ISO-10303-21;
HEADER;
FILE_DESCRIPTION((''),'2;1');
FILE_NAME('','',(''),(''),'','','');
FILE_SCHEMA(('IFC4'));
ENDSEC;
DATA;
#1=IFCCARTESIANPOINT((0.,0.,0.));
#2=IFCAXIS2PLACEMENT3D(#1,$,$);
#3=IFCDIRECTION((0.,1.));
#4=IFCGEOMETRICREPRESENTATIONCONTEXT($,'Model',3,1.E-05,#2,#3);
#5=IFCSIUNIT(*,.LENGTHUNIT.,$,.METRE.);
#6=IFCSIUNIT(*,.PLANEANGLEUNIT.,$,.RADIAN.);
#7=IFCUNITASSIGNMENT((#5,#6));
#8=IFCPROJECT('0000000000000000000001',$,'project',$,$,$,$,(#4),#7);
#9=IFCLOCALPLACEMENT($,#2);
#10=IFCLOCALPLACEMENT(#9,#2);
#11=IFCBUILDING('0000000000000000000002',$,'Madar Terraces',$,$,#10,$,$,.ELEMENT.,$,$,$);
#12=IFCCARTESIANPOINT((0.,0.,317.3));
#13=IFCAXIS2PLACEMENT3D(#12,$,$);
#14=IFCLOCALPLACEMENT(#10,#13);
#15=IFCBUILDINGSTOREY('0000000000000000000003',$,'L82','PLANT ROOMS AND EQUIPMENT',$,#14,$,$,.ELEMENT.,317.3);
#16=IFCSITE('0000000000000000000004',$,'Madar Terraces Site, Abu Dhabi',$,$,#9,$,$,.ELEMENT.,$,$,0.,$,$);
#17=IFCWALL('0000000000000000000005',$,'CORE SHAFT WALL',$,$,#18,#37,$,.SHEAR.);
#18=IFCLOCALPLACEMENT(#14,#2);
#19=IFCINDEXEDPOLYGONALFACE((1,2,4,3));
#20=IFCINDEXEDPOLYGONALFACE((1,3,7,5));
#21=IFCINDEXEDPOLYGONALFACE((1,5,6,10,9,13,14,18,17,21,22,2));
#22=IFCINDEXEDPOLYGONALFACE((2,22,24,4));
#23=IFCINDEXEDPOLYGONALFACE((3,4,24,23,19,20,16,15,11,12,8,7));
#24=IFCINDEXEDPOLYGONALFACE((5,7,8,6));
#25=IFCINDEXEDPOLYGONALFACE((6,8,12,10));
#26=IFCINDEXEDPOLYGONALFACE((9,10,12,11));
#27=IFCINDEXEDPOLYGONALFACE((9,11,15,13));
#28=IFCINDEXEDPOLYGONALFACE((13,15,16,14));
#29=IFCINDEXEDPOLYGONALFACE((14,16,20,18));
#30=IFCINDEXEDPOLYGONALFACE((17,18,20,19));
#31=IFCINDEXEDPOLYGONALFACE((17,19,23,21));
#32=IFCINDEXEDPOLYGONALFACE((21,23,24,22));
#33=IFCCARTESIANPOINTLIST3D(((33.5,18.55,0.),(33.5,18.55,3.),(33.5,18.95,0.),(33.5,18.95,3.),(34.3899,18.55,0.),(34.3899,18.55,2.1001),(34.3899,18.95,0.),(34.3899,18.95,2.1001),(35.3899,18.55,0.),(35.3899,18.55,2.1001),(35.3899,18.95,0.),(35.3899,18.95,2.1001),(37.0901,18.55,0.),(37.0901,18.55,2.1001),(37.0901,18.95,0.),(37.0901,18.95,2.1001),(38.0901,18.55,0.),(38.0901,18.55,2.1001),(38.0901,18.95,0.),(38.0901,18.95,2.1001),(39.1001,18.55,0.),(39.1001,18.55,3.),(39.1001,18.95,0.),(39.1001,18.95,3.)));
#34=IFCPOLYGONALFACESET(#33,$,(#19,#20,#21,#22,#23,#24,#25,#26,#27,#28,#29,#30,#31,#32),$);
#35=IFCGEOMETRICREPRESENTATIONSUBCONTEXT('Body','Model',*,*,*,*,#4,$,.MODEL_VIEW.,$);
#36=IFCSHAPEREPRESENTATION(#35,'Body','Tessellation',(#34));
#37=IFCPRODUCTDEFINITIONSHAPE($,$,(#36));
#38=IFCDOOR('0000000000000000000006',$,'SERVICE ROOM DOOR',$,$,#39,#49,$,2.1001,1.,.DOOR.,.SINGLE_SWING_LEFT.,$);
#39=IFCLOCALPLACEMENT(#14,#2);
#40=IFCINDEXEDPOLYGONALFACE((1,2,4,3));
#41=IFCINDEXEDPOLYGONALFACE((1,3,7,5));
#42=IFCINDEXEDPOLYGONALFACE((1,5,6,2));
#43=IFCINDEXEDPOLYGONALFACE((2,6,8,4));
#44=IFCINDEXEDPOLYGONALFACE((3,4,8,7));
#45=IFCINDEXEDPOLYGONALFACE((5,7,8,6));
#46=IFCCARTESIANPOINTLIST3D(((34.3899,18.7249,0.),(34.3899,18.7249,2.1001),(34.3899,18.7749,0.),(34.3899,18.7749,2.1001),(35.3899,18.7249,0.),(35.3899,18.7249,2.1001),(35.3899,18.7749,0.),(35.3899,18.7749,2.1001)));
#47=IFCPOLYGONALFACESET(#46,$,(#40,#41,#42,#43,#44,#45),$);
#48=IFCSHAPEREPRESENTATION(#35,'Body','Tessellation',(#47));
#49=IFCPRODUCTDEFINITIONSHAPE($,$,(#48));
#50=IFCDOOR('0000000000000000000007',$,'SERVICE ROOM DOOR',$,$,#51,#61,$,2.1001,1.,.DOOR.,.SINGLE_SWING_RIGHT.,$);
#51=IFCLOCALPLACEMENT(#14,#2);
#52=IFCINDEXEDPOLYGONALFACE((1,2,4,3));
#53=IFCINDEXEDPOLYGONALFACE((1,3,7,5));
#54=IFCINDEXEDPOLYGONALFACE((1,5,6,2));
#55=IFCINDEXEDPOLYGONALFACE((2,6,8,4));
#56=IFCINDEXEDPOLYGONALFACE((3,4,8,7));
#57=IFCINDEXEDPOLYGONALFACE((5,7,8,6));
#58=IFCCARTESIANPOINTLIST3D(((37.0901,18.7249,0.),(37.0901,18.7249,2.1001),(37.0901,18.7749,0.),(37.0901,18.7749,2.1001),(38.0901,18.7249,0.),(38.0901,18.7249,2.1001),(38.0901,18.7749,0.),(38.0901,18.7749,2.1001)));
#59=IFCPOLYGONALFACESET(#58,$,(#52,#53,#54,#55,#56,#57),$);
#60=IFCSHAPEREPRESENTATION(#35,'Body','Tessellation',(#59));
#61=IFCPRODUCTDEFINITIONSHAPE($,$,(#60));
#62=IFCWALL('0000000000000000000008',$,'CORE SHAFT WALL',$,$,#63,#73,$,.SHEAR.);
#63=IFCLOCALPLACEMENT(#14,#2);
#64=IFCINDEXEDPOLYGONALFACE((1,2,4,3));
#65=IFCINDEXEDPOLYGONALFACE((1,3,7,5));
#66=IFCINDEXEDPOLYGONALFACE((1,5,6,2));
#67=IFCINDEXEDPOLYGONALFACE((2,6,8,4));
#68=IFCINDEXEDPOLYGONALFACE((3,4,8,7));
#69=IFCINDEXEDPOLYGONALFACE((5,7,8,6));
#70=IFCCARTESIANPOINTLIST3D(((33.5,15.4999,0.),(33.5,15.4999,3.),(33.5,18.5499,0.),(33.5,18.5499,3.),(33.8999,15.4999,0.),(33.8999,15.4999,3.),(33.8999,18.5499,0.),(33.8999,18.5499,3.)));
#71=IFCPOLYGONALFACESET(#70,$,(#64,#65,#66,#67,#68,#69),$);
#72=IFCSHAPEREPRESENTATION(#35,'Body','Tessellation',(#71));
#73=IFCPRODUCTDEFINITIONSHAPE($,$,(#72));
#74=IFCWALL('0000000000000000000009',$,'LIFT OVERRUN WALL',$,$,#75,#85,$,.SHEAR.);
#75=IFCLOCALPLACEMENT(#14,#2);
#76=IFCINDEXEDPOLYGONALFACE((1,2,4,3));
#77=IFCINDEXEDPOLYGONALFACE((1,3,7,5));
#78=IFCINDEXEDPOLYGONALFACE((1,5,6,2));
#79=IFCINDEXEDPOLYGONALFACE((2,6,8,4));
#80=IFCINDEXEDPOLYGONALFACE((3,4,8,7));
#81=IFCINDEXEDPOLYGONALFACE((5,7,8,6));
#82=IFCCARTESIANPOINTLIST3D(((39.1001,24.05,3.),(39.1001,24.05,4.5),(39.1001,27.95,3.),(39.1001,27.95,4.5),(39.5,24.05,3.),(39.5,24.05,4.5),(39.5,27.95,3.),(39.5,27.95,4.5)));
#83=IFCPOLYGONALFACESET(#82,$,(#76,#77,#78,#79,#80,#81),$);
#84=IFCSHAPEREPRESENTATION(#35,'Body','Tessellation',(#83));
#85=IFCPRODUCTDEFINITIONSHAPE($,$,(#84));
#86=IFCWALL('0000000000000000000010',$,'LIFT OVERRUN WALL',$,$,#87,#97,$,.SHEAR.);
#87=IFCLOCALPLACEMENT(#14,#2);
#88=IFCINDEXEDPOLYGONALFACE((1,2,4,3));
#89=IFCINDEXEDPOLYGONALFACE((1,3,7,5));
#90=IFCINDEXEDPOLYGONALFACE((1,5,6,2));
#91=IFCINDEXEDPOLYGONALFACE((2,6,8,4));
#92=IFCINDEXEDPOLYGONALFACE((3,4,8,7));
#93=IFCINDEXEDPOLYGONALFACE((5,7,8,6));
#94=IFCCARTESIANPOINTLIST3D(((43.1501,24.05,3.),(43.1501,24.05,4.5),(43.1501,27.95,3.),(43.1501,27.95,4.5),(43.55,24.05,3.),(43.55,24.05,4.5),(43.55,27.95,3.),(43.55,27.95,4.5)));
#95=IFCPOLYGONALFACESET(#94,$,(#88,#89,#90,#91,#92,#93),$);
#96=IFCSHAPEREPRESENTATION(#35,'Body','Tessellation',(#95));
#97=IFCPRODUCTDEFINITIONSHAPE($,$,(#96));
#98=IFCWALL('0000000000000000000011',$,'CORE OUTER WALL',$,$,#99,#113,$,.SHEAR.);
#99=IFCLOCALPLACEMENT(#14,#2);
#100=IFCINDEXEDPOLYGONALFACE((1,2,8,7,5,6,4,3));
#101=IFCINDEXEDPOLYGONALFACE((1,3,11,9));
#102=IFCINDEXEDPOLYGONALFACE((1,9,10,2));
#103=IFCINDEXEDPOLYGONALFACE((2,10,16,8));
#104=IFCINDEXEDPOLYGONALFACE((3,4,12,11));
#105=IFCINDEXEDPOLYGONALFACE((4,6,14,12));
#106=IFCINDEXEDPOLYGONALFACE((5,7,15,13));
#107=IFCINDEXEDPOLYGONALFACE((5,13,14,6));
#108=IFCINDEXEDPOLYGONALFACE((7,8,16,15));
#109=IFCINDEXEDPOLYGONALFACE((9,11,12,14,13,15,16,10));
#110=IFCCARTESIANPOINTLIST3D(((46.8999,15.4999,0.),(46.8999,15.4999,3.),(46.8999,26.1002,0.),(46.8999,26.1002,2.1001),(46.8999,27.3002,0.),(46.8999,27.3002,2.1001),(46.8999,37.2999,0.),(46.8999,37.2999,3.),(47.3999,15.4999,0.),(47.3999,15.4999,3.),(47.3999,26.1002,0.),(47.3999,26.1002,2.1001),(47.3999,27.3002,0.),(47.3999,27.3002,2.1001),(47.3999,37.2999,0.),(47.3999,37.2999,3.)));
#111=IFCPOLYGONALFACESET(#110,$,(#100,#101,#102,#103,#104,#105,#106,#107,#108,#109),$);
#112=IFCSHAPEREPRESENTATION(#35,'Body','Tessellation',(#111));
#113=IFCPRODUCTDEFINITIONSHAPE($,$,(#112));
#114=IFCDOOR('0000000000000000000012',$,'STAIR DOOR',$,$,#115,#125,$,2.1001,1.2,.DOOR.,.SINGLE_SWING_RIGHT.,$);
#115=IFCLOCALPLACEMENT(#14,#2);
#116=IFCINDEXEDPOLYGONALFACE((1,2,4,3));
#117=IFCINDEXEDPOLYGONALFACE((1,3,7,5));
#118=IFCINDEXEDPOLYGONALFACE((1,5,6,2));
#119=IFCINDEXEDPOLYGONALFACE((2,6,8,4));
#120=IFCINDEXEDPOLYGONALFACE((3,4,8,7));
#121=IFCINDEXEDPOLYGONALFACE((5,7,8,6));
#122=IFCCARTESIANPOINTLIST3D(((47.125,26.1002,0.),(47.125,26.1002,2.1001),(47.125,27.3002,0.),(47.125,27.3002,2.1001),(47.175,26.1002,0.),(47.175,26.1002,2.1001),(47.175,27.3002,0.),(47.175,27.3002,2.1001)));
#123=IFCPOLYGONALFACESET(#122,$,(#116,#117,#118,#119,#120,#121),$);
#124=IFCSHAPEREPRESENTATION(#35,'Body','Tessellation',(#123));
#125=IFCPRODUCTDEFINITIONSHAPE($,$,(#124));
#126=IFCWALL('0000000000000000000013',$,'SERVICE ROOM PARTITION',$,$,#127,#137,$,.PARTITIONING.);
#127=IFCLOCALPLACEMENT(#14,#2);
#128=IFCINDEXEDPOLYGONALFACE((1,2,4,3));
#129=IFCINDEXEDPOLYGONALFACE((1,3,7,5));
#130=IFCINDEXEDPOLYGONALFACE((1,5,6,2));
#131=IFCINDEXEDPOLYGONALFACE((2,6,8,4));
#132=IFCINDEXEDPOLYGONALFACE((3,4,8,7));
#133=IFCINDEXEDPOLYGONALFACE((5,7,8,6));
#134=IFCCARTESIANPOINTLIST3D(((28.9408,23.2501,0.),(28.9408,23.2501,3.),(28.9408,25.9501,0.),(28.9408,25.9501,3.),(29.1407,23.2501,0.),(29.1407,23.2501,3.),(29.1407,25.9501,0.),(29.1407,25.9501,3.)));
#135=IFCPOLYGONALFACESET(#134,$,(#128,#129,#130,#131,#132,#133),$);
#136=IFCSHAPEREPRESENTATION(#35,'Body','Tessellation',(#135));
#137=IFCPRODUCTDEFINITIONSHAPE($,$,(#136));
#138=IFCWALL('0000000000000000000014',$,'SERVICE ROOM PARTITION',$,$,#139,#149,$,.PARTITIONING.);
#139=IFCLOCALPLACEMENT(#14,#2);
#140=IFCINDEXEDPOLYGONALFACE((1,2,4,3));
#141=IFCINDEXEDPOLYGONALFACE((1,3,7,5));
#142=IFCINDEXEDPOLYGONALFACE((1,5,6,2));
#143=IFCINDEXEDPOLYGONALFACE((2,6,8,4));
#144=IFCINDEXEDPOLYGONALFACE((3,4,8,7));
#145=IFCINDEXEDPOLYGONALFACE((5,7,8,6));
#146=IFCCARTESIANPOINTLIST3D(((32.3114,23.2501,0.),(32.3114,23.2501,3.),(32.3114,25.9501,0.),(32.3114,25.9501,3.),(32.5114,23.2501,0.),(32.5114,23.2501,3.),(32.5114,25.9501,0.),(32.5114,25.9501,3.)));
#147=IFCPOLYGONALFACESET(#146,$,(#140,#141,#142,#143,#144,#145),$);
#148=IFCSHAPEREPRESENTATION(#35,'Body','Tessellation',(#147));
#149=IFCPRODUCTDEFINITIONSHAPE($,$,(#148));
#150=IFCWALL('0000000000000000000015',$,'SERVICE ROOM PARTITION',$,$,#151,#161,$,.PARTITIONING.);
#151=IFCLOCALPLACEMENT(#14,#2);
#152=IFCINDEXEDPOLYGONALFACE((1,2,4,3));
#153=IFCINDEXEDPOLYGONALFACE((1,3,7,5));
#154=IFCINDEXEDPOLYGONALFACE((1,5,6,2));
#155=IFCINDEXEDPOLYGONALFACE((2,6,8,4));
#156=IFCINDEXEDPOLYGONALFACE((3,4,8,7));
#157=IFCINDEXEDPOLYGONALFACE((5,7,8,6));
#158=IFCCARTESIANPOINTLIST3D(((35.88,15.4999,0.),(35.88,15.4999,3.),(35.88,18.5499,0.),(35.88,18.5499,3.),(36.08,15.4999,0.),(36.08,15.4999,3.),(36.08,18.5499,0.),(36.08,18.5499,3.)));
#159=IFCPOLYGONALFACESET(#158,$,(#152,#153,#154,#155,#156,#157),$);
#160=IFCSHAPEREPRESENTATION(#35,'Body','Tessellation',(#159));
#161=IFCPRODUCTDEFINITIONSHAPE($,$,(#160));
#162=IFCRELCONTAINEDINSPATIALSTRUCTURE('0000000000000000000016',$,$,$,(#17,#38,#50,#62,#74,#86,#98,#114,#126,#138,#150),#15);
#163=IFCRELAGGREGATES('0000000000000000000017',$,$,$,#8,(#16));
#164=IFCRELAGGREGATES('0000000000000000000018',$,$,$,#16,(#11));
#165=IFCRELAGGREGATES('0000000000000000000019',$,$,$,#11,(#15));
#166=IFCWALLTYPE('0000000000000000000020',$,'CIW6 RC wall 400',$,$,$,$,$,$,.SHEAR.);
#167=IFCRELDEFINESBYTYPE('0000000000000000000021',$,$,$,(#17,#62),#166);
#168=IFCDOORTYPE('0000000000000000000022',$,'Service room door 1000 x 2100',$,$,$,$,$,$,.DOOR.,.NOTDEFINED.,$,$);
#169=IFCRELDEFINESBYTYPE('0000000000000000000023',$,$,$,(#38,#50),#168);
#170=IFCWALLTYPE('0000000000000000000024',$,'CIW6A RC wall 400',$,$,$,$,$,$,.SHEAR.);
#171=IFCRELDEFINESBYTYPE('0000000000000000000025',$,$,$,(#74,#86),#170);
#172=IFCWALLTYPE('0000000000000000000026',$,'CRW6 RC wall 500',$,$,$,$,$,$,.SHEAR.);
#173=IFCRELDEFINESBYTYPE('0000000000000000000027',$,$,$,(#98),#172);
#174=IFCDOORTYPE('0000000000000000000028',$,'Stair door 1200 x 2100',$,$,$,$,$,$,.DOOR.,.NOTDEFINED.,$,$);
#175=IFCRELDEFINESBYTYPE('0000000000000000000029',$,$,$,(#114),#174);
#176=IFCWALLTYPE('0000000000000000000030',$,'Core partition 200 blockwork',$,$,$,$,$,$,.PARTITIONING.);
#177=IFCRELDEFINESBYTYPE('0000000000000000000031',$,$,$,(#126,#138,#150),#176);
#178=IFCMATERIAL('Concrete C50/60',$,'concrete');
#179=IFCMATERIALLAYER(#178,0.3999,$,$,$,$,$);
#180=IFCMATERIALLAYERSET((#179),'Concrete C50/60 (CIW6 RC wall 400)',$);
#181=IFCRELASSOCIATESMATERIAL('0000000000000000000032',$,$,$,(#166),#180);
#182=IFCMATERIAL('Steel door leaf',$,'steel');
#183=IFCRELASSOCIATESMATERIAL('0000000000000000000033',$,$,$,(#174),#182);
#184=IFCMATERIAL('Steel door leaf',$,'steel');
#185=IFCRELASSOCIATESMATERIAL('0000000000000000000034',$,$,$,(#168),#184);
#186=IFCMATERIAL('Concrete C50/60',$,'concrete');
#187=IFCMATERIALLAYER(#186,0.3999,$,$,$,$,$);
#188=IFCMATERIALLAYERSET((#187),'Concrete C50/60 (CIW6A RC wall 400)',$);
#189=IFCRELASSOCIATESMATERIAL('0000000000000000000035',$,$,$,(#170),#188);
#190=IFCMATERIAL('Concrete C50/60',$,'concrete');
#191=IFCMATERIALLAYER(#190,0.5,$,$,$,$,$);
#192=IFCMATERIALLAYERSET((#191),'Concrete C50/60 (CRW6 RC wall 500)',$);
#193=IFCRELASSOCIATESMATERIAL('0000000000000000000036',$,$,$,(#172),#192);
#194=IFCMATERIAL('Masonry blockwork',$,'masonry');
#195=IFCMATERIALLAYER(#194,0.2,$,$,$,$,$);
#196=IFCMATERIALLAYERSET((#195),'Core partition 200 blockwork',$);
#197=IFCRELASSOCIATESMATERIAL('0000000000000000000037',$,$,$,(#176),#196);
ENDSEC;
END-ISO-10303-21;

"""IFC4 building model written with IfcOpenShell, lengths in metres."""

from ifc_helpers import new_model, si_unit, direction, frame, frame_2d, origin, place, context, subcontext, project, spatial, rectangle, extrude, material, layer, layer_set, type_object, element, fill, save


model = new_model("IFC4")

# Units and contexts
model_context = context("Model", 3, precision=1e-05, world=origin(), true_north=direction((0.0, 1.0)))
body_context = subcontext(model_context, "Body", "Model", "MODEL_VIEW")
ifc_project = project(units=[si_unit("LENGTHUNIT", "METRE"), si_unit("PLANEANGLEUNIT", "RADIAN")], contexts=[model_context])

# Site, building, storey
site_placement = place(None, origin())
site = spatial("IfcSite", under=ifc_project, at=site_placement, Name="Madar Terraces Site, Abu Dhabi", CompositionType="ELEMENT", RefElevation=0.0)
building_placement = place(site_placement, origin())
building = spatial("IfcBuilding", under=site, at=building_placement, Name="Madar Terraces", CompositionType="ELEMENT")
storey_placement = place(building_placement, frame((0.0, 0.0, 317.3)))
storey = spatial("IfcBuildingStorey", under=building, at=storey_placement, Name="L82", Description="PLANT ROOMS AND EQUIPMENT", CompositionType="ELEMENT", Elevation=317.3)

# Shared definitions
ifc_material_1 = material(Name="Concrete C50/60", Category="concrete")
ifc_layer_1 = layer(ifc_material_1, 0.3999)
ifc_layer_set_1 = layer_set([ifc_layer_1], Name="Concrete C50/60 (CIW6 RC wall 400)")
wall_type_1 = type_object("IfcWallType", Name="CIW6 RC wall 400", PredefinedType="SHEAR", material=ifc_layer_set_1)

# Shared definitions
ifc_material_2 = material(Name="Steel door leaf", Category="steel")
door_type_1 = type_object("IfcDoorType", Name="Stair door 1200 x 2100", OperationType="NOTDEFINED", PredefinedType="DOOR", material=ifc_material_2)

# Wall, openings, doors
wall_1_placement = place(storey_placement, frame((33.5, 18.75, 0.0), z_axis=(0.0, 0.0, 1.0), x_axis=(1.0, 0.0, 0.0)))
wall_1 = element("IfcWall", 1, at=wall_1_placement, inside=storey, type_object=wall_type_1, Name="CORE SHAFT WALL", PredefinedType="SHEAR", context=body_context, shape_type="SweptSolid", body=[
    extrude(rectangle(XDim=5.6001, YDim=0.3999, at=frame_2d((2.8, 0.0))), origin(), (0.0, 0.0, 1.0), 3.0),
])
opening_1_placement = place(wall_1_placement, frame((0.8899, 0.0, 0.0)))
opening_1 = element("IfcOpeningElement", 2, at=opening_1_placement, cuts=wall_1, PredefinedType="OPENING", context=body_context, shape_type="SweptSolid", body=[
    extrude(rectangle(XDim=1.0, YDim=2.1001, at=frame_2d((0.5, 1.05))), frame((0.0, 0.21, 0.0), z_axis=(0.0, -1.0, 0.0), x_axis=(1.0, 0.0, 0.0)), (0.0, 0.0, 1.0), 0.4199),
])
opening_2_placement = place(wall_1_placement, frame((3.5901, 0.0, 0.0)))
opening_2 = element("IfcOpeningElement", 3, at=opening_2_placement, cuts=wall_1, PredefinedType="OPENING", context=body_context, shape_type="SweptSolid", body=[
    extrude(rectangle(XDim=1.0, YDim=2.1001, at=frame_2d((0.5, 1.05))), frame((0.0, 0.21, 0.0), z_axis=(0.0, -1.0, 0.0), x_axis=(1.0, 0.0, 0.0)), (0.0, 0.0, 1.0), 0.4199),
])
ifc_material_3 = material(Name="Steel door leaf", Category="steel")
door_type_2 = type_object("IfcDoorType", Name="Service room door 1000 x 2100", OperationType="NOTDEFINED", PredefinedType="DOOR", material=ifc_material_3)
door_1_placement = place(opening_1_placement, origin())
door_1 = element("IfcDoor", 4, at=door_1_placement, inside=storey, type_object=door_type_2, Name="SERVICE ROOM DOOR", OperationType="SINGLE_SWING_LEFT", OverallHeight=2.1001, OverallWidth=1.0, PredefinedType="DOOR", context=body_context, shape_type="SweptSolid", body=[
    extrude(rectangle(XDim=1.0, YDim=2.1001, at=frame_2d((0.5, 1.05))), frame((0.0, 0.0249, 0.0), z_axis=(0.0, -1.0, 0.0), x_axis=(1.0, 0.0, 0.0)), (0.0, 0.0, 1.0), 0.05),
])
fill(opening_1, door_1)
door_2_placement = place(opening_2_placement, origin())
door_2 = element("IfcDoor", 5, at=door_2_placement, inside=storey, type_object=door_type_2, Name="SERVICE ROOM DOOR", OperationType="SINGLE_SWING_RIGHT", OverallHeight=2.1001, OverallWidth=1.0, PredefinedType="DOOR", context=body_context, shape_type="SweptSolid", body=[
    extrude(rectangle(XDim=1.0, YDim=2.1001, at=frame_2d((0.5, 1.05))), frame((0.0, 0.0249, 0.0), z_axis=(0.0, -1.0, 0.0), x_axis=(1.0, 0.0, 0.0)), (0.0, 0.0, 1.0), 0.05),
])
fill(opening_2, door_2)

# Walls
wall_2_placement = place(storey_placement, frame((33.7, 15.5, 0.0), z_axis=(0.0, 0.0, 1.0), x_axis=(0.0, 1.0, 0.0)))
element("IfcWall", 6, at=wall_2_placement, inside=storey, type_object=wall_type_1, Name="CORE SHAFT WALL", PredefinedType="SHEAR", context=body_context, shape_type="SweptSolid", body=[
    extrude(rectangle(XDim=3.05, YDim=0.3999, at=frame_2d((1.5249, 0.0))), origin(), (0.0, 0.0, 1.0), 3.0),
])
ifc_material_4 = material(Name="Concrete C50/60", Category="concrete")
ifc_layer_2 = layer(ifc_material_4, 0.3999)
ifc_layer_set_2 = layer_set([ifc_layer_2], Name="Concrete C50/60 (CIW6A RC wall 400)")
wall_type_2 = type_object("IfcWallType", Name="CIW6A RC wall 400", PredefinedType="SHEAR", material=ifc_layer_set_2)
for number, where, z_axis, x_axis, name in (
    (7, (39.3, 24.05, 3.0), (0.0, 0.0, 1.0), (0.0, 1.0, 0.0), "LIFT OVERRUN WALL"),
    (8, (43.3501, 24.05, 3.0), (0.0, 0.0, 1.0), (0.0, 1.0, 0.0), "LIFT OVERRUN WALL"),
):
    element("IfcWall", number, at=place(storey_placement, frame(where, z_axis=z_axis, x_axis=x_axis)), inside=storey, type_object=wall_type_2, Name=name, PredefinedType="SHEAR", context=body_context, shape_type="SweptSolid", body=[
        extrude(rectangle(XDim=3.8999, YDim=0.3999, at=frame_2d((1.95, 0.0))), origin(), (0.0, 0.0, 1.0), 1.5),
    ])

# Wall, opening, door
ifc_material_5 = material(Name="Concrete C50/60", Category="concrete")
ifc_layer_3 = layer(ifc_material_5, 0.5)
ifc_layer_set_3 = layer_set([ifc_layer_3], Name="Concrete C50/60 (CRW6 RC wall 500)")
wall_type_3 = type_object("IfcWallType", Name="CRW6 RC wall 500", PredefinedType="SHEAR", material=ifc_layer_set_3)
wall_3_placement = place(storey_placement, frame((47.1499, 15.5, 0.0), z_axis=(0.0, 0.0, 1.0), x_axis=(0.0, 1.0, 0.0)))
wall_3 = element("IfcWall", 9, at=wall_3_placement, inside=storey, type_object=wall_type_3, Name="CORE OUTER WALL", PredefinedType="SHEAR", context=body_context, shape_type="SweptSolid", body=[
    extrude(rectangle(XDim=21.8, YDim=0.5, at=frame_2d((10.8999, 0.0))), origin(), (0.0, 0.0, 1.0), 3.0),
])
opening_3_placement = place(wall_3_placement, frame((10.6001, 0.0, 0.0)))
opening_3 = element("IfcOpeningElement", 10, at=opening_3_placement, cuts=wall_3, PredefinedType="OPENING", context=body_context, shape_type="SweptSolid", body=[
    extrude(rectangle(XDim=1.2, YDim=2.1001, at=frame_2d((0.6001, 1.05))), frame((0.0, 0.26, 0.0), z_axis=(0.0, -1.0, 0.0), x_axis=(1.0, 0.0, 0.0)), (0.0, 0.0, 1.0), 0.52),
])
door_3_placement = place(opening_3_placement, origin())
door_3 = element("IfcDoor", 11, at=door_3_placement, inside=storey, type_object=door_type_1, Name="STAIR DOOR", OperationType="SINGLE_SWING_RIGHT", OverallHeight=2.1001, OverallWidth=1.2, PredefinedType="DOOR", context=body_context, shape_type="SweptSolid", body=[
    extrude(rectangle(XDim=1.2, YDim=2.1001, at=frame_2d((0.6001, 1.05))), frame((0.0, 0.0249, 0.0), z_axis=(0.0, -1.0, 0.0), x_axis=(1.0, 0.0, 0.0)), (0.0, 0.0, 1.0), 0.05),
])
fill(opening_3, door_3)

# Walls
ifc_material_6 = material(Name="Masonry blockwork", Category="masonry")
ifc_layer_4 = layer(ifc_material_6, 0.2)
ifc_layer_set_4 = layer_set([ifc_layer_4], Name="Core partition 200 blockwork")
wall_type_4 = type_object("IfcWallType", Name="Core partition 200 blockwork", PredefinedType="PARTITIONING", material=ifc_layer_set_4)
for number, where, z_axis, x_axis, name in (
    (12, (29.0408, 23.25, 0.0), (0.0, 0.0, 1.0), (0.0, 1.0, 0.0), "SERVICE ROOM PARTITION"),
    (13, (32.4114, 23.25, 0.0), (0.0, 0.0, 1.0), (0.0, 1.0, 0.0), "SERVICE ROOM PARTITION"),
):
    element("IfcWall", number, at=place(storey_placement, frame(where, z_axis=z_axis, x_axis=x_axis)), inside=storey, type_object=wall_type_4, Name=name, PredefinedType="PARTITIONING", context=body_context, shape_type="SweptSolid", body=[
        extrude(rectangle(XDim=2.7, YDim=0.2, at=frame_2d((1.3501, 0.0))), origin(), (0.0, 0.0, 1.0), 3.0),
    ])
wall_4_placement = place(storey_placement, frame((35.98, 15.5, 0.0), z_axis=(0.0, 0.0, 1.0), x_axis=(0.0, 1.0, 0.0)))
element("IfcWall", 14, at=wall_4_placement, inside=storey, type_object=wall_type_4, Name="SERVICE ROOM PARTITION", PredefinedType="PARTITIONING", context=body_context, shape_type="SweptSolid", body=[
    extrude(rectangle(XDim=3.05, YDim=0.2, at=frame_2d((1.5249, 0.0))), origin(), (0.0, 0.0, 1.0), 3.0),
])

save(model, "model.ifc")
